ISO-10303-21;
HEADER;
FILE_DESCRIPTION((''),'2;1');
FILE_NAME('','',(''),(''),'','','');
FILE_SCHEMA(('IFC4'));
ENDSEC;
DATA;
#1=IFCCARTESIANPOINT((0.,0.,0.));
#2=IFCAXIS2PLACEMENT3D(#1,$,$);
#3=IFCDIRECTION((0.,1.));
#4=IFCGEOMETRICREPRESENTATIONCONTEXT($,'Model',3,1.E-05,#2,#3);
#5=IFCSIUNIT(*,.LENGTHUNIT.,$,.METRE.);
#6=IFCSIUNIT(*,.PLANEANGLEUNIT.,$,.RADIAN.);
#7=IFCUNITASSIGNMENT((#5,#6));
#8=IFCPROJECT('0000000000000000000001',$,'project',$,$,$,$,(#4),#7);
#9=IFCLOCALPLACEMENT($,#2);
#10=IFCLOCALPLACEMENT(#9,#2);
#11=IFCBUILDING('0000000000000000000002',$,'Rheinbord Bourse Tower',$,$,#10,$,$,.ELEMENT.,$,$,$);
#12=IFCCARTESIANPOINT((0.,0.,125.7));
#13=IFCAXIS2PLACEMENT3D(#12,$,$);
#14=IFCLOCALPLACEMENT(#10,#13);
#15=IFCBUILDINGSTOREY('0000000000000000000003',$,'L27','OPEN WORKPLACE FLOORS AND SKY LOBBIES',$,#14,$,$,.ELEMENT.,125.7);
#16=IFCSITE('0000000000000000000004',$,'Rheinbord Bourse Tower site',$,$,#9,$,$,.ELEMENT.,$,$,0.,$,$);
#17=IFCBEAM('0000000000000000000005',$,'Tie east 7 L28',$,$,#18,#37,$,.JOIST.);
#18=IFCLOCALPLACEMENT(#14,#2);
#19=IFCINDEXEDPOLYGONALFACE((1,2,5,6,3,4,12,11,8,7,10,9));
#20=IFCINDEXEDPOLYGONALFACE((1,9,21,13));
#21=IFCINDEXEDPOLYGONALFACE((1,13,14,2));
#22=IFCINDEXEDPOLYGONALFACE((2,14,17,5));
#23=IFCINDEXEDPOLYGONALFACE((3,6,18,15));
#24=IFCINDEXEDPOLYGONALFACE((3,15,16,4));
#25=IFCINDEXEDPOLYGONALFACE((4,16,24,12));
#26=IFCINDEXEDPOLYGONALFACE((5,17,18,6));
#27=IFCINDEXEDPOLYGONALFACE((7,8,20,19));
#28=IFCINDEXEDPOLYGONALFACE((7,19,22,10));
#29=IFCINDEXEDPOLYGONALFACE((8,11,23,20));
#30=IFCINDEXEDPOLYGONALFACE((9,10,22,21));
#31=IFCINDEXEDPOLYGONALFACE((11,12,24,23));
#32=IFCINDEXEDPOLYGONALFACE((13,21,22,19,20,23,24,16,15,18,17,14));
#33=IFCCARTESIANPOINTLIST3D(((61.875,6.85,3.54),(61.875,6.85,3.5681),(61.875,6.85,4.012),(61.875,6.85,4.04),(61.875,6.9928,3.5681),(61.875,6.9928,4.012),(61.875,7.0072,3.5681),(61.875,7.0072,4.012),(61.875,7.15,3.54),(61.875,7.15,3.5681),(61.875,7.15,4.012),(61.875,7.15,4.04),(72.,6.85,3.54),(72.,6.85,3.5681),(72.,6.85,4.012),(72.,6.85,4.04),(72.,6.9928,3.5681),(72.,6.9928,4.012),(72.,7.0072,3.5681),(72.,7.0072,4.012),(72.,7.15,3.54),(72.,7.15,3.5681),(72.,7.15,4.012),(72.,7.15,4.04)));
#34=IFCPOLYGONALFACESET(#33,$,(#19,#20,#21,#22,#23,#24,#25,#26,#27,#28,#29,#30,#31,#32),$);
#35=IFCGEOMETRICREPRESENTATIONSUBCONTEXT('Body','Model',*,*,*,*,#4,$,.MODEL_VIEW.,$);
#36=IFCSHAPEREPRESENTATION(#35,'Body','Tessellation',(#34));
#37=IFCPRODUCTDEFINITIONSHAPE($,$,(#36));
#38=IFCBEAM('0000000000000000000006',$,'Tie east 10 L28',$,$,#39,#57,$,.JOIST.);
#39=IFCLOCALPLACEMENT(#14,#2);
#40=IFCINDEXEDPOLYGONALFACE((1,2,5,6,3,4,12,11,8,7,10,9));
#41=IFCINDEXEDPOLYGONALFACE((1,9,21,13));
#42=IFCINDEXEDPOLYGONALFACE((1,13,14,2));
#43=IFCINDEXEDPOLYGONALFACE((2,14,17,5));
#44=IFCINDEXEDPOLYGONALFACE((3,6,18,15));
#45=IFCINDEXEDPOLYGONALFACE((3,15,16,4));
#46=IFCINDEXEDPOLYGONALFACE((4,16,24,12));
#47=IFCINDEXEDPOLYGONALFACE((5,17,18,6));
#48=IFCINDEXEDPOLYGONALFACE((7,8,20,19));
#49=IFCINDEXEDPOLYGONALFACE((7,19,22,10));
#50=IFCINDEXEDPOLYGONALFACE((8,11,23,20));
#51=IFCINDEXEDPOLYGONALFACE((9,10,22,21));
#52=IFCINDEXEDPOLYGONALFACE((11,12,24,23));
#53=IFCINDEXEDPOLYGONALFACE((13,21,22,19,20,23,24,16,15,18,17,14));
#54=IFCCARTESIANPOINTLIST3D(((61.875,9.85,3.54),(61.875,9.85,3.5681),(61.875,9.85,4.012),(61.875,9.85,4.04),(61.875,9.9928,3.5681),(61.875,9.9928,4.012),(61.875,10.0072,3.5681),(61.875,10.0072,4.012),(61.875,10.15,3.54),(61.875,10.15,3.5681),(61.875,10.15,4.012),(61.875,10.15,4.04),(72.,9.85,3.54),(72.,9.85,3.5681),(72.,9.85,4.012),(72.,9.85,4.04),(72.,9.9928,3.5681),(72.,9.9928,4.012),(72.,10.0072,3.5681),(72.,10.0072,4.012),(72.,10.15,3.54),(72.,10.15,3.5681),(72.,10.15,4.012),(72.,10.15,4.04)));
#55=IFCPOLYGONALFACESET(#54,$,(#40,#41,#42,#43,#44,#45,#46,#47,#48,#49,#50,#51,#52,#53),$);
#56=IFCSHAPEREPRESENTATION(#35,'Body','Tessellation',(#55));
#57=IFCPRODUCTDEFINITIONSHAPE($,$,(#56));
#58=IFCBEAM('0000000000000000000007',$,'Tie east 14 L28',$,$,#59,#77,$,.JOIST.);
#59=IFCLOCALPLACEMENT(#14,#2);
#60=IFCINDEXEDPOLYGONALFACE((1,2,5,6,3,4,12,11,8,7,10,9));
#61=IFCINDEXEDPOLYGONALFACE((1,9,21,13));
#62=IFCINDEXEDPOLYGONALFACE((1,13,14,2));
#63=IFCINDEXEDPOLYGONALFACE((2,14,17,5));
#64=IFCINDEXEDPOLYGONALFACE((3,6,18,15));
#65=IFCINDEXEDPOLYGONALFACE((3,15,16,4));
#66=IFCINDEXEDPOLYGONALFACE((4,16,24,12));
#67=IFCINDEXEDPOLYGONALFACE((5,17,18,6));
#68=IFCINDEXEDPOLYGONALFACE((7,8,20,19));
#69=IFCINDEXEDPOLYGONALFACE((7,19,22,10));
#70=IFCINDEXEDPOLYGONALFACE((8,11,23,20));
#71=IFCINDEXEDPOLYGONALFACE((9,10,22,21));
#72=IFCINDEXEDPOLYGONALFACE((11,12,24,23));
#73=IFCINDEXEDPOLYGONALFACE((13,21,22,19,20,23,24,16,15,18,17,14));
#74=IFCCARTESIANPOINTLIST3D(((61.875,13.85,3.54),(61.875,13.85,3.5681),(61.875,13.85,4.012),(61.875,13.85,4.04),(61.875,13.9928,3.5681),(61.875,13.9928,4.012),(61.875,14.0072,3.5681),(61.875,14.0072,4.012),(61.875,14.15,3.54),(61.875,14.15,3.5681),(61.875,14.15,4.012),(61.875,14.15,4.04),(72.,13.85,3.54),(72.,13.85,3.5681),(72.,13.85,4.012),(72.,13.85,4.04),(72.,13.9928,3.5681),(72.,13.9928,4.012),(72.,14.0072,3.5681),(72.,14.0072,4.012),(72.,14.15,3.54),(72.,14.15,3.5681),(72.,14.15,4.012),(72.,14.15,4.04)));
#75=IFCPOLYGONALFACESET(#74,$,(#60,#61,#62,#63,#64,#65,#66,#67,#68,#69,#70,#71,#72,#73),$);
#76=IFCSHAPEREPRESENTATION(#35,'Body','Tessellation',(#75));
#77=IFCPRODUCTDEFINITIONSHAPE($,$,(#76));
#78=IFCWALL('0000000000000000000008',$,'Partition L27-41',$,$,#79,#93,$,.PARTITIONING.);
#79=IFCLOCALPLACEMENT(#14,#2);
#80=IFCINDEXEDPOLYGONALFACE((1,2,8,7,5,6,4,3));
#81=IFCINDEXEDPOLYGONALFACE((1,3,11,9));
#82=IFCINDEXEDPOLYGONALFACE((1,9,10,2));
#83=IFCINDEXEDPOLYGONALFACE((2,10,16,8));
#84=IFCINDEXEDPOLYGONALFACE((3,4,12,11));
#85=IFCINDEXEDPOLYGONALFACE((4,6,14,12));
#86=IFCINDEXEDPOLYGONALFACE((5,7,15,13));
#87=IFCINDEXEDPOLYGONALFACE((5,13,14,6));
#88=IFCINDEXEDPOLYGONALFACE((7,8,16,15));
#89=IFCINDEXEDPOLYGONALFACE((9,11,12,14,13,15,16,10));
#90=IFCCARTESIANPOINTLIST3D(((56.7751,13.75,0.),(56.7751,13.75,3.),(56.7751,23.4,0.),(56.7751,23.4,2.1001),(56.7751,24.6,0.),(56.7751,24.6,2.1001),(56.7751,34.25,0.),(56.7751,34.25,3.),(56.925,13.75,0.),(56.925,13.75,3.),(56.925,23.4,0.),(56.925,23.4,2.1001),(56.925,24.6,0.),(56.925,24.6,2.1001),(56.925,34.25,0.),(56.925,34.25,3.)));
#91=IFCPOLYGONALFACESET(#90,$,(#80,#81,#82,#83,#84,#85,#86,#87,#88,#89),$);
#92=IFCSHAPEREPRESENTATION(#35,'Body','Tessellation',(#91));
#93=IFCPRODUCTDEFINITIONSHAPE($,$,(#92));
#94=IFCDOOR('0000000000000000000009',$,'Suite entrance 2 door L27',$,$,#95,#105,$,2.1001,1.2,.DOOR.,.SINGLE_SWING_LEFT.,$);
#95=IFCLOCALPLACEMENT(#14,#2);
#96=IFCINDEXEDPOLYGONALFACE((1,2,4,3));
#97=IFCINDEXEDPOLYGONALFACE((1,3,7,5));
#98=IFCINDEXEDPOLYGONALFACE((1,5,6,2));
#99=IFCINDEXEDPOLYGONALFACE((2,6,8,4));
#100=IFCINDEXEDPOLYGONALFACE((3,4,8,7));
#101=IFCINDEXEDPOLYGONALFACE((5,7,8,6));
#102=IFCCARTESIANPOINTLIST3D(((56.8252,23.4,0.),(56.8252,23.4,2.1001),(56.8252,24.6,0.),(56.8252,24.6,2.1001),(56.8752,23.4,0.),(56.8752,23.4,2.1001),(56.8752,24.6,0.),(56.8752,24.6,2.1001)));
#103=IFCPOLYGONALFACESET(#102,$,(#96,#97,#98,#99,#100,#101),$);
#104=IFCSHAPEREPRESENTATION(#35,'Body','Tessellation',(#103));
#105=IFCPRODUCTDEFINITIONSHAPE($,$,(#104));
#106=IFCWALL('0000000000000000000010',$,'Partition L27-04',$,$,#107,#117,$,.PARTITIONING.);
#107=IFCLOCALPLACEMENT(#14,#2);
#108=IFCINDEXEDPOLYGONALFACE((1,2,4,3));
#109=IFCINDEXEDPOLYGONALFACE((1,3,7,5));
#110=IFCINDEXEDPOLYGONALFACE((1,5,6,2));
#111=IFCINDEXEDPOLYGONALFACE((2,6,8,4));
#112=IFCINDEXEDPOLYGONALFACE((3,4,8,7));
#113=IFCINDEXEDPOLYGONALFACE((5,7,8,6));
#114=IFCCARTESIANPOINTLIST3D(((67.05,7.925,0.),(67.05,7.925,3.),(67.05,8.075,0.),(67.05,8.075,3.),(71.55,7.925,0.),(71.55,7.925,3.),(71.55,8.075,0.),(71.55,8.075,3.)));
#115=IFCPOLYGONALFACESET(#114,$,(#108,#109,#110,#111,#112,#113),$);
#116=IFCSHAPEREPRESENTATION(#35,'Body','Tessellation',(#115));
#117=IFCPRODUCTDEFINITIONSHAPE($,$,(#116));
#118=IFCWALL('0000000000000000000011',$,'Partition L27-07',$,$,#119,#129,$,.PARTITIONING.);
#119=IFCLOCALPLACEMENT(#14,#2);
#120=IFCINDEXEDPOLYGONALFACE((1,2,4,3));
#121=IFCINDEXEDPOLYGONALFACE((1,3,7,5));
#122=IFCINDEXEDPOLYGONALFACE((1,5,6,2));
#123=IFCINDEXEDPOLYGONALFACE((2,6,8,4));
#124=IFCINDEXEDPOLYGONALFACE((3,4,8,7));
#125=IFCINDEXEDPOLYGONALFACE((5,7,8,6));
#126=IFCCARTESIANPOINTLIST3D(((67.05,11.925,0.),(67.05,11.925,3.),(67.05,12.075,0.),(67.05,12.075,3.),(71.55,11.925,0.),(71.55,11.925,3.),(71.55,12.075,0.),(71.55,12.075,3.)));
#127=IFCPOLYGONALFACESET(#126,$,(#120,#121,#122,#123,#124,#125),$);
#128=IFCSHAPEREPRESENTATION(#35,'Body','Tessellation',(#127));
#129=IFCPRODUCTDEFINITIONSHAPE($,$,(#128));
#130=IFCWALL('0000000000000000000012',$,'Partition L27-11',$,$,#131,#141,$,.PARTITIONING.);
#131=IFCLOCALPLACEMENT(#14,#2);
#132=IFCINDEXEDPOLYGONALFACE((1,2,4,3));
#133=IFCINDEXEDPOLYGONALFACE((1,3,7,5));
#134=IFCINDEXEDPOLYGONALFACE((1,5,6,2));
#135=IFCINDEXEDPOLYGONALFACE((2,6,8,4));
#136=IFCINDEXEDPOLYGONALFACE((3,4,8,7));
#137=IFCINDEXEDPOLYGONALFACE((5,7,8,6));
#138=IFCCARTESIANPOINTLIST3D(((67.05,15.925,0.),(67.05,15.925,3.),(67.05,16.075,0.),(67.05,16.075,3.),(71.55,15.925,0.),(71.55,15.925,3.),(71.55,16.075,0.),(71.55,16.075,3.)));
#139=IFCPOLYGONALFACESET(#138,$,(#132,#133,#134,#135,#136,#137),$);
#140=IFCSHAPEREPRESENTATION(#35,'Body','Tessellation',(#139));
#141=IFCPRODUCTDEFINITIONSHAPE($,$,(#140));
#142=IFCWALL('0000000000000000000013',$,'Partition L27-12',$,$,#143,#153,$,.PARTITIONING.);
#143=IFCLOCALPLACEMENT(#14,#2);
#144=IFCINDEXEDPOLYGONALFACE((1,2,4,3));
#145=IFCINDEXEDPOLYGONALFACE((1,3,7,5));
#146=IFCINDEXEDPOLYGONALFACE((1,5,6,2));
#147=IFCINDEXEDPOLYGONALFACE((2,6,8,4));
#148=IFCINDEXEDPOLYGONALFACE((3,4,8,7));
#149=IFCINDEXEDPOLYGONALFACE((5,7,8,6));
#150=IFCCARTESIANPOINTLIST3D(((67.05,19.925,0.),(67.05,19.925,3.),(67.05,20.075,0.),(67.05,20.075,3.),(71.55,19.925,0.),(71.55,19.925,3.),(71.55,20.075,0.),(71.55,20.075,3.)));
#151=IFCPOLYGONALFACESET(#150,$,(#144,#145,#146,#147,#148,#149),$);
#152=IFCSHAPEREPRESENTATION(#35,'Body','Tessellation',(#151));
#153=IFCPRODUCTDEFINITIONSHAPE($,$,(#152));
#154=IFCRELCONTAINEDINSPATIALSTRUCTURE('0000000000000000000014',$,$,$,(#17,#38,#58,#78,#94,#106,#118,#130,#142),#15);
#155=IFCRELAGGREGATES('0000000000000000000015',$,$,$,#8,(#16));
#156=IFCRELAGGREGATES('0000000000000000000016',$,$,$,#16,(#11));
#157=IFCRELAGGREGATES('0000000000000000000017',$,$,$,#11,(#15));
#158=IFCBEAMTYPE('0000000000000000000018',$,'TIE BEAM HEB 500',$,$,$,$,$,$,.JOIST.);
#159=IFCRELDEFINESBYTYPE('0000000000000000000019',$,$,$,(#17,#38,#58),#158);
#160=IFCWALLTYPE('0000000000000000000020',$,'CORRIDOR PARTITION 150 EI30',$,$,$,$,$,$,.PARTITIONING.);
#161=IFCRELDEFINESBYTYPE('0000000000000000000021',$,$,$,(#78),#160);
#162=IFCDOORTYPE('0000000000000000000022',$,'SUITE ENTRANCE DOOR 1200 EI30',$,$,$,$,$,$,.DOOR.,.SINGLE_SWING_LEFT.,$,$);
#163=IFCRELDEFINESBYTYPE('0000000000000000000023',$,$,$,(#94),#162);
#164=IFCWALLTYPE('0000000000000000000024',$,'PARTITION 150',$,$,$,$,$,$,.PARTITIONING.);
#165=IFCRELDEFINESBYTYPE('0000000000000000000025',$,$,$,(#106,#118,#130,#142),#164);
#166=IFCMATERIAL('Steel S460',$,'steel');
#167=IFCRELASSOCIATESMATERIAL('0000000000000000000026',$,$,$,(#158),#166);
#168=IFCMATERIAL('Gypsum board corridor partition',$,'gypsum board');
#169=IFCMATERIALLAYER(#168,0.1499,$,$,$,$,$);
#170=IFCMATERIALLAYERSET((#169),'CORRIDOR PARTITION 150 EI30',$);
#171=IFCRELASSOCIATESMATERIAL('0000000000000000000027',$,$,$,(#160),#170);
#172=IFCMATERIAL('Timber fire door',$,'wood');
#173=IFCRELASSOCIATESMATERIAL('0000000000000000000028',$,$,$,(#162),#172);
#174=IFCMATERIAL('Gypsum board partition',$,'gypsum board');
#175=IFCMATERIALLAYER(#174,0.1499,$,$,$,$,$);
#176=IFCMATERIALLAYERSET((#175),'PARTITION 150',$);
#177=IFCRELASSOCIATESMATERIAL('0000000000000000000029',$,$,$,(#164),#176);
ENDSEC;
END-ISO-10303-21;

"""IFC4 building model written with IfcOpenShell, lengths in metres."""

from ifc_helpers import new_model, si_unit, direction, frame, frame_2d, origin, origin_2d, place, context, subcontext, project, spatial, rectangle, i_section, extrude, material, layer, layer_set, material_profile, profile_set, type_object, element, fill, save


model = new_model("IFC4")

# Units and contexts
model_context = context("Model", 3, precision=1e-05, world=origin(), true_north=direction((0.0, 1.0)))
body_context = subcontext(model_context, "Body", "Model", "MODEL_VIEW")
ifc_project = project(units=[si_unit("LENGTHUNIT", "METRE"), si_unit("PLANEANGLEUNIT", "RADIAN")], contexts=[model_context])

# Site, building, storey
site_placement = place(None, origin())
site = spatial("IfcSite", under=ifc_project, at=site_placement, Name="Rheinbord Bourse Tower site", CompositionType="ELEMENT", RefElevation=0.0)
building_placement = place(site_placement, origin())
building = spatial("IfcBuilding", under=site, at=building_placement, Name="Rheinbord Bourse Tower", CompositionType="ELEMENT")
storey_placement = place(building_placement, frame((0.0, 0.0, 125.7)))
storey = spatial("IfcBuildingStorey", under=building, at=storey_placement, Name="L27", Description="OPEN WORKPLACE FLOORS AND SKY LOBBIES", CompositionType="ELEMENT", Elevation=125.7)

# Beams
ifc_material_1 = material(Name="Steel S460", Category="steel")
ifc_material_profile_1 = material_profile(ifc_material_1, i_section(OverallWidth=0.3, OverallDepth=0.5, WebThickness=0.0144, FlangeThickness=0.0281, at=origin_2d()), Name="HEB 500")
ifc_profile_set_1 = profile_set([ifc_material_profile_1], Name="Steel S460")
beam_type_1 = type_object("IfcBeamType", Name="TIE BEAM HEB 500", PredefinedType="JOIST", material=ifc_profile_set_1)
for number, where, z_axis, x_axis, name in (
    (1, (61.875, 7.0, 3.79), (1.0, 0.0, 0.0), (0.0, 1.0, 0.0), "Tie east 7 L28"),
    (2, (61.875, 10.0, 3.79), (1.0, 0.0, 0.0), (0.0, 1.0, 0.0), "Tie east 10 L28"),
    (3, (61.875, 14.0, 3.79), (1.0, 0.0, 0.0), (0.0, 1.0, 0.0), "Tie east 14 L28"),
):
    element("IfcBeam", number, at=place(storey_placement, frame(where, z_axis=z_axis, x_axis=x_axis)), inside=storey, type_object=beam_type_1, Name=name, PredefinedType="JOIST", context=body_context, shape_type="SweptSolid", body=[
        extrude(i_section(OverallWidth=0.3, OverallDepth=0.5, WebThickness=0.0144, FlangeThickness=0.0281, at=origin_2d()), origin(), (0.0, 0.0, 1.0), 10.125),
    ])

# Wall, opening, door
ifc_material_2 = material(Name="Gypsum board corridor partition", Category="gypsum board")
ifc_layer_1 = layer(ifc_material_2, 0.1499)
ifc_layer_set_1 = layer_set([ifc_layer_1], Name="CORRIDOR PARTITION 150 EI30")
wall_type_1 = type_object("IfcWallType", Name="CORRIDOR PARTITION 150 EI30", PredefinedType="PARTITIONING", material=ifc_layer_set_1)
wall_1_placement = place(storey_placement, frame((56.8501, 13.75, 0.0), z_axis=(0.0, 0.0, 1.0), x_axis=(0.0, 1.0, 0.0)))
wall_1 = element("IfcWall", 4, at=wall_1_placement, inside=storey, type_object=wall_type_1, Name="Partition L27-41", PredefinedType="PARTITIONING", context=body_context, shape_type="SweptSolid", body=[
    extrude(rectangle(XDim=20.5, YDim=0.1499, at=frame_2d((10.25, 0.0))), origin(), (0.0, 0.0, 1.0), 3.0),
])
opening_1_placement = place(wall_1_placement, frame((9.6499, 0.0, 0.0)))
opening_1 = element("IfcOpeningElement", 5, at=opening_1_placement, cuts=wall_1, PredefinedType="OPENING", context=body_context, shape_type="SweptSolid", body=[
    extrude(rectangle(XDim=1.2, YDim=2.1001, at=frame_2d((0.6001, 1.05))), frame((0.0, 0.085, 0.0), z_axis=(0.0, -1.0, 0.0), x_axis=(1.0, 0.0, 0.0)), (0.0, 0.0, 1.0), 0.1699),
])
ifc_material_3 = material(Name="Timber fire door", Category="wood")
door_type_1 = type_object("IfcDoorType", Name="SUITE ENTRANCE DOOR 1200 EI30", OperationType="SINGLE_SWING_LEFT", PredefinedType="DOOR", material=ifc_material_3)
door_1_placement = place(opening_1_placement, origin())
door_1 = element("IfcDoor", 6, at=door_1_placement, inside=storey, type_object=door_type_1, Name="Suite entrance 2 door L27", OperationType="SINGLE_SWING_LEFT", OverallHeight=2.1001, OverallWidth=1.2, PredefinedType="DOOR", context=body_context, shape_type="SweptSolid", body=[
    extrude(rectangle(XDim=1.2, YDim=2.1001, at=frame_2d((0.6001, 1.05))), frame((0.0, 0.0249, 0.0), z_axis=(0.0, -1.0, 0.0), x_axis=(1.0, 0.0, 0.0)), (0.0, 0.0, 1.0), 0.05),
])
fill(opening_1, door_1)

# Walls
ifc_material_4 = material(Name="Gypsum board partition", Category="gypsum board")
ifc_layer_2 = layer(ifc_material_4, 0.1499)
ifc_layer_set_2 = layer_set([ifc_layer_2], Name="PARTITION 150")
wall_type_2 = type_object("IfcWallType", Name="PARTITION 150", PredefinedType="PARTITIONING", material=ifc_layer_set_2)
for number, where, z_axis, x_axis, name in (
    (7, (67.05, 8.0, 0.0), (0.0, 0.0, 1.0), (1.0, 0.0, 0.0), "Partition L27-04"),
    (8, (67.05, 12.0, 0.0), (0.0, 0.0, 1.0), (1.0, 0.0, 0.0), "Partition L27-07"),
    (9, (67.05, 16.0, 0.0), (0.0, 0.0, 1.0), (1.0, 0.0, 0.0), "Partition L27-11"),
    (10, (67.05, 20.0, 0.0), (0.0, 0.0, 1.0), (1.0, 0.0, 0.0), "Partition L27-12"),
):
    element("IfcWall", number, at=place(storey_placement, frame(where, z_axis=z_axis, x_axis=x_axis)), inside=storey, type_object=wall_type_2, Name=name, PredefinedType="PARTITIONING", context=body_context, shape_type="SweptSolid", body=[
        extrude(rectangle(XDim=4.5, YDim=0.1499, at=frame_2d((2.25, 0.0))), origin(), (0.0, 0.0, 1.0), 3.0),
    ])

save(model, "model.ifc")
